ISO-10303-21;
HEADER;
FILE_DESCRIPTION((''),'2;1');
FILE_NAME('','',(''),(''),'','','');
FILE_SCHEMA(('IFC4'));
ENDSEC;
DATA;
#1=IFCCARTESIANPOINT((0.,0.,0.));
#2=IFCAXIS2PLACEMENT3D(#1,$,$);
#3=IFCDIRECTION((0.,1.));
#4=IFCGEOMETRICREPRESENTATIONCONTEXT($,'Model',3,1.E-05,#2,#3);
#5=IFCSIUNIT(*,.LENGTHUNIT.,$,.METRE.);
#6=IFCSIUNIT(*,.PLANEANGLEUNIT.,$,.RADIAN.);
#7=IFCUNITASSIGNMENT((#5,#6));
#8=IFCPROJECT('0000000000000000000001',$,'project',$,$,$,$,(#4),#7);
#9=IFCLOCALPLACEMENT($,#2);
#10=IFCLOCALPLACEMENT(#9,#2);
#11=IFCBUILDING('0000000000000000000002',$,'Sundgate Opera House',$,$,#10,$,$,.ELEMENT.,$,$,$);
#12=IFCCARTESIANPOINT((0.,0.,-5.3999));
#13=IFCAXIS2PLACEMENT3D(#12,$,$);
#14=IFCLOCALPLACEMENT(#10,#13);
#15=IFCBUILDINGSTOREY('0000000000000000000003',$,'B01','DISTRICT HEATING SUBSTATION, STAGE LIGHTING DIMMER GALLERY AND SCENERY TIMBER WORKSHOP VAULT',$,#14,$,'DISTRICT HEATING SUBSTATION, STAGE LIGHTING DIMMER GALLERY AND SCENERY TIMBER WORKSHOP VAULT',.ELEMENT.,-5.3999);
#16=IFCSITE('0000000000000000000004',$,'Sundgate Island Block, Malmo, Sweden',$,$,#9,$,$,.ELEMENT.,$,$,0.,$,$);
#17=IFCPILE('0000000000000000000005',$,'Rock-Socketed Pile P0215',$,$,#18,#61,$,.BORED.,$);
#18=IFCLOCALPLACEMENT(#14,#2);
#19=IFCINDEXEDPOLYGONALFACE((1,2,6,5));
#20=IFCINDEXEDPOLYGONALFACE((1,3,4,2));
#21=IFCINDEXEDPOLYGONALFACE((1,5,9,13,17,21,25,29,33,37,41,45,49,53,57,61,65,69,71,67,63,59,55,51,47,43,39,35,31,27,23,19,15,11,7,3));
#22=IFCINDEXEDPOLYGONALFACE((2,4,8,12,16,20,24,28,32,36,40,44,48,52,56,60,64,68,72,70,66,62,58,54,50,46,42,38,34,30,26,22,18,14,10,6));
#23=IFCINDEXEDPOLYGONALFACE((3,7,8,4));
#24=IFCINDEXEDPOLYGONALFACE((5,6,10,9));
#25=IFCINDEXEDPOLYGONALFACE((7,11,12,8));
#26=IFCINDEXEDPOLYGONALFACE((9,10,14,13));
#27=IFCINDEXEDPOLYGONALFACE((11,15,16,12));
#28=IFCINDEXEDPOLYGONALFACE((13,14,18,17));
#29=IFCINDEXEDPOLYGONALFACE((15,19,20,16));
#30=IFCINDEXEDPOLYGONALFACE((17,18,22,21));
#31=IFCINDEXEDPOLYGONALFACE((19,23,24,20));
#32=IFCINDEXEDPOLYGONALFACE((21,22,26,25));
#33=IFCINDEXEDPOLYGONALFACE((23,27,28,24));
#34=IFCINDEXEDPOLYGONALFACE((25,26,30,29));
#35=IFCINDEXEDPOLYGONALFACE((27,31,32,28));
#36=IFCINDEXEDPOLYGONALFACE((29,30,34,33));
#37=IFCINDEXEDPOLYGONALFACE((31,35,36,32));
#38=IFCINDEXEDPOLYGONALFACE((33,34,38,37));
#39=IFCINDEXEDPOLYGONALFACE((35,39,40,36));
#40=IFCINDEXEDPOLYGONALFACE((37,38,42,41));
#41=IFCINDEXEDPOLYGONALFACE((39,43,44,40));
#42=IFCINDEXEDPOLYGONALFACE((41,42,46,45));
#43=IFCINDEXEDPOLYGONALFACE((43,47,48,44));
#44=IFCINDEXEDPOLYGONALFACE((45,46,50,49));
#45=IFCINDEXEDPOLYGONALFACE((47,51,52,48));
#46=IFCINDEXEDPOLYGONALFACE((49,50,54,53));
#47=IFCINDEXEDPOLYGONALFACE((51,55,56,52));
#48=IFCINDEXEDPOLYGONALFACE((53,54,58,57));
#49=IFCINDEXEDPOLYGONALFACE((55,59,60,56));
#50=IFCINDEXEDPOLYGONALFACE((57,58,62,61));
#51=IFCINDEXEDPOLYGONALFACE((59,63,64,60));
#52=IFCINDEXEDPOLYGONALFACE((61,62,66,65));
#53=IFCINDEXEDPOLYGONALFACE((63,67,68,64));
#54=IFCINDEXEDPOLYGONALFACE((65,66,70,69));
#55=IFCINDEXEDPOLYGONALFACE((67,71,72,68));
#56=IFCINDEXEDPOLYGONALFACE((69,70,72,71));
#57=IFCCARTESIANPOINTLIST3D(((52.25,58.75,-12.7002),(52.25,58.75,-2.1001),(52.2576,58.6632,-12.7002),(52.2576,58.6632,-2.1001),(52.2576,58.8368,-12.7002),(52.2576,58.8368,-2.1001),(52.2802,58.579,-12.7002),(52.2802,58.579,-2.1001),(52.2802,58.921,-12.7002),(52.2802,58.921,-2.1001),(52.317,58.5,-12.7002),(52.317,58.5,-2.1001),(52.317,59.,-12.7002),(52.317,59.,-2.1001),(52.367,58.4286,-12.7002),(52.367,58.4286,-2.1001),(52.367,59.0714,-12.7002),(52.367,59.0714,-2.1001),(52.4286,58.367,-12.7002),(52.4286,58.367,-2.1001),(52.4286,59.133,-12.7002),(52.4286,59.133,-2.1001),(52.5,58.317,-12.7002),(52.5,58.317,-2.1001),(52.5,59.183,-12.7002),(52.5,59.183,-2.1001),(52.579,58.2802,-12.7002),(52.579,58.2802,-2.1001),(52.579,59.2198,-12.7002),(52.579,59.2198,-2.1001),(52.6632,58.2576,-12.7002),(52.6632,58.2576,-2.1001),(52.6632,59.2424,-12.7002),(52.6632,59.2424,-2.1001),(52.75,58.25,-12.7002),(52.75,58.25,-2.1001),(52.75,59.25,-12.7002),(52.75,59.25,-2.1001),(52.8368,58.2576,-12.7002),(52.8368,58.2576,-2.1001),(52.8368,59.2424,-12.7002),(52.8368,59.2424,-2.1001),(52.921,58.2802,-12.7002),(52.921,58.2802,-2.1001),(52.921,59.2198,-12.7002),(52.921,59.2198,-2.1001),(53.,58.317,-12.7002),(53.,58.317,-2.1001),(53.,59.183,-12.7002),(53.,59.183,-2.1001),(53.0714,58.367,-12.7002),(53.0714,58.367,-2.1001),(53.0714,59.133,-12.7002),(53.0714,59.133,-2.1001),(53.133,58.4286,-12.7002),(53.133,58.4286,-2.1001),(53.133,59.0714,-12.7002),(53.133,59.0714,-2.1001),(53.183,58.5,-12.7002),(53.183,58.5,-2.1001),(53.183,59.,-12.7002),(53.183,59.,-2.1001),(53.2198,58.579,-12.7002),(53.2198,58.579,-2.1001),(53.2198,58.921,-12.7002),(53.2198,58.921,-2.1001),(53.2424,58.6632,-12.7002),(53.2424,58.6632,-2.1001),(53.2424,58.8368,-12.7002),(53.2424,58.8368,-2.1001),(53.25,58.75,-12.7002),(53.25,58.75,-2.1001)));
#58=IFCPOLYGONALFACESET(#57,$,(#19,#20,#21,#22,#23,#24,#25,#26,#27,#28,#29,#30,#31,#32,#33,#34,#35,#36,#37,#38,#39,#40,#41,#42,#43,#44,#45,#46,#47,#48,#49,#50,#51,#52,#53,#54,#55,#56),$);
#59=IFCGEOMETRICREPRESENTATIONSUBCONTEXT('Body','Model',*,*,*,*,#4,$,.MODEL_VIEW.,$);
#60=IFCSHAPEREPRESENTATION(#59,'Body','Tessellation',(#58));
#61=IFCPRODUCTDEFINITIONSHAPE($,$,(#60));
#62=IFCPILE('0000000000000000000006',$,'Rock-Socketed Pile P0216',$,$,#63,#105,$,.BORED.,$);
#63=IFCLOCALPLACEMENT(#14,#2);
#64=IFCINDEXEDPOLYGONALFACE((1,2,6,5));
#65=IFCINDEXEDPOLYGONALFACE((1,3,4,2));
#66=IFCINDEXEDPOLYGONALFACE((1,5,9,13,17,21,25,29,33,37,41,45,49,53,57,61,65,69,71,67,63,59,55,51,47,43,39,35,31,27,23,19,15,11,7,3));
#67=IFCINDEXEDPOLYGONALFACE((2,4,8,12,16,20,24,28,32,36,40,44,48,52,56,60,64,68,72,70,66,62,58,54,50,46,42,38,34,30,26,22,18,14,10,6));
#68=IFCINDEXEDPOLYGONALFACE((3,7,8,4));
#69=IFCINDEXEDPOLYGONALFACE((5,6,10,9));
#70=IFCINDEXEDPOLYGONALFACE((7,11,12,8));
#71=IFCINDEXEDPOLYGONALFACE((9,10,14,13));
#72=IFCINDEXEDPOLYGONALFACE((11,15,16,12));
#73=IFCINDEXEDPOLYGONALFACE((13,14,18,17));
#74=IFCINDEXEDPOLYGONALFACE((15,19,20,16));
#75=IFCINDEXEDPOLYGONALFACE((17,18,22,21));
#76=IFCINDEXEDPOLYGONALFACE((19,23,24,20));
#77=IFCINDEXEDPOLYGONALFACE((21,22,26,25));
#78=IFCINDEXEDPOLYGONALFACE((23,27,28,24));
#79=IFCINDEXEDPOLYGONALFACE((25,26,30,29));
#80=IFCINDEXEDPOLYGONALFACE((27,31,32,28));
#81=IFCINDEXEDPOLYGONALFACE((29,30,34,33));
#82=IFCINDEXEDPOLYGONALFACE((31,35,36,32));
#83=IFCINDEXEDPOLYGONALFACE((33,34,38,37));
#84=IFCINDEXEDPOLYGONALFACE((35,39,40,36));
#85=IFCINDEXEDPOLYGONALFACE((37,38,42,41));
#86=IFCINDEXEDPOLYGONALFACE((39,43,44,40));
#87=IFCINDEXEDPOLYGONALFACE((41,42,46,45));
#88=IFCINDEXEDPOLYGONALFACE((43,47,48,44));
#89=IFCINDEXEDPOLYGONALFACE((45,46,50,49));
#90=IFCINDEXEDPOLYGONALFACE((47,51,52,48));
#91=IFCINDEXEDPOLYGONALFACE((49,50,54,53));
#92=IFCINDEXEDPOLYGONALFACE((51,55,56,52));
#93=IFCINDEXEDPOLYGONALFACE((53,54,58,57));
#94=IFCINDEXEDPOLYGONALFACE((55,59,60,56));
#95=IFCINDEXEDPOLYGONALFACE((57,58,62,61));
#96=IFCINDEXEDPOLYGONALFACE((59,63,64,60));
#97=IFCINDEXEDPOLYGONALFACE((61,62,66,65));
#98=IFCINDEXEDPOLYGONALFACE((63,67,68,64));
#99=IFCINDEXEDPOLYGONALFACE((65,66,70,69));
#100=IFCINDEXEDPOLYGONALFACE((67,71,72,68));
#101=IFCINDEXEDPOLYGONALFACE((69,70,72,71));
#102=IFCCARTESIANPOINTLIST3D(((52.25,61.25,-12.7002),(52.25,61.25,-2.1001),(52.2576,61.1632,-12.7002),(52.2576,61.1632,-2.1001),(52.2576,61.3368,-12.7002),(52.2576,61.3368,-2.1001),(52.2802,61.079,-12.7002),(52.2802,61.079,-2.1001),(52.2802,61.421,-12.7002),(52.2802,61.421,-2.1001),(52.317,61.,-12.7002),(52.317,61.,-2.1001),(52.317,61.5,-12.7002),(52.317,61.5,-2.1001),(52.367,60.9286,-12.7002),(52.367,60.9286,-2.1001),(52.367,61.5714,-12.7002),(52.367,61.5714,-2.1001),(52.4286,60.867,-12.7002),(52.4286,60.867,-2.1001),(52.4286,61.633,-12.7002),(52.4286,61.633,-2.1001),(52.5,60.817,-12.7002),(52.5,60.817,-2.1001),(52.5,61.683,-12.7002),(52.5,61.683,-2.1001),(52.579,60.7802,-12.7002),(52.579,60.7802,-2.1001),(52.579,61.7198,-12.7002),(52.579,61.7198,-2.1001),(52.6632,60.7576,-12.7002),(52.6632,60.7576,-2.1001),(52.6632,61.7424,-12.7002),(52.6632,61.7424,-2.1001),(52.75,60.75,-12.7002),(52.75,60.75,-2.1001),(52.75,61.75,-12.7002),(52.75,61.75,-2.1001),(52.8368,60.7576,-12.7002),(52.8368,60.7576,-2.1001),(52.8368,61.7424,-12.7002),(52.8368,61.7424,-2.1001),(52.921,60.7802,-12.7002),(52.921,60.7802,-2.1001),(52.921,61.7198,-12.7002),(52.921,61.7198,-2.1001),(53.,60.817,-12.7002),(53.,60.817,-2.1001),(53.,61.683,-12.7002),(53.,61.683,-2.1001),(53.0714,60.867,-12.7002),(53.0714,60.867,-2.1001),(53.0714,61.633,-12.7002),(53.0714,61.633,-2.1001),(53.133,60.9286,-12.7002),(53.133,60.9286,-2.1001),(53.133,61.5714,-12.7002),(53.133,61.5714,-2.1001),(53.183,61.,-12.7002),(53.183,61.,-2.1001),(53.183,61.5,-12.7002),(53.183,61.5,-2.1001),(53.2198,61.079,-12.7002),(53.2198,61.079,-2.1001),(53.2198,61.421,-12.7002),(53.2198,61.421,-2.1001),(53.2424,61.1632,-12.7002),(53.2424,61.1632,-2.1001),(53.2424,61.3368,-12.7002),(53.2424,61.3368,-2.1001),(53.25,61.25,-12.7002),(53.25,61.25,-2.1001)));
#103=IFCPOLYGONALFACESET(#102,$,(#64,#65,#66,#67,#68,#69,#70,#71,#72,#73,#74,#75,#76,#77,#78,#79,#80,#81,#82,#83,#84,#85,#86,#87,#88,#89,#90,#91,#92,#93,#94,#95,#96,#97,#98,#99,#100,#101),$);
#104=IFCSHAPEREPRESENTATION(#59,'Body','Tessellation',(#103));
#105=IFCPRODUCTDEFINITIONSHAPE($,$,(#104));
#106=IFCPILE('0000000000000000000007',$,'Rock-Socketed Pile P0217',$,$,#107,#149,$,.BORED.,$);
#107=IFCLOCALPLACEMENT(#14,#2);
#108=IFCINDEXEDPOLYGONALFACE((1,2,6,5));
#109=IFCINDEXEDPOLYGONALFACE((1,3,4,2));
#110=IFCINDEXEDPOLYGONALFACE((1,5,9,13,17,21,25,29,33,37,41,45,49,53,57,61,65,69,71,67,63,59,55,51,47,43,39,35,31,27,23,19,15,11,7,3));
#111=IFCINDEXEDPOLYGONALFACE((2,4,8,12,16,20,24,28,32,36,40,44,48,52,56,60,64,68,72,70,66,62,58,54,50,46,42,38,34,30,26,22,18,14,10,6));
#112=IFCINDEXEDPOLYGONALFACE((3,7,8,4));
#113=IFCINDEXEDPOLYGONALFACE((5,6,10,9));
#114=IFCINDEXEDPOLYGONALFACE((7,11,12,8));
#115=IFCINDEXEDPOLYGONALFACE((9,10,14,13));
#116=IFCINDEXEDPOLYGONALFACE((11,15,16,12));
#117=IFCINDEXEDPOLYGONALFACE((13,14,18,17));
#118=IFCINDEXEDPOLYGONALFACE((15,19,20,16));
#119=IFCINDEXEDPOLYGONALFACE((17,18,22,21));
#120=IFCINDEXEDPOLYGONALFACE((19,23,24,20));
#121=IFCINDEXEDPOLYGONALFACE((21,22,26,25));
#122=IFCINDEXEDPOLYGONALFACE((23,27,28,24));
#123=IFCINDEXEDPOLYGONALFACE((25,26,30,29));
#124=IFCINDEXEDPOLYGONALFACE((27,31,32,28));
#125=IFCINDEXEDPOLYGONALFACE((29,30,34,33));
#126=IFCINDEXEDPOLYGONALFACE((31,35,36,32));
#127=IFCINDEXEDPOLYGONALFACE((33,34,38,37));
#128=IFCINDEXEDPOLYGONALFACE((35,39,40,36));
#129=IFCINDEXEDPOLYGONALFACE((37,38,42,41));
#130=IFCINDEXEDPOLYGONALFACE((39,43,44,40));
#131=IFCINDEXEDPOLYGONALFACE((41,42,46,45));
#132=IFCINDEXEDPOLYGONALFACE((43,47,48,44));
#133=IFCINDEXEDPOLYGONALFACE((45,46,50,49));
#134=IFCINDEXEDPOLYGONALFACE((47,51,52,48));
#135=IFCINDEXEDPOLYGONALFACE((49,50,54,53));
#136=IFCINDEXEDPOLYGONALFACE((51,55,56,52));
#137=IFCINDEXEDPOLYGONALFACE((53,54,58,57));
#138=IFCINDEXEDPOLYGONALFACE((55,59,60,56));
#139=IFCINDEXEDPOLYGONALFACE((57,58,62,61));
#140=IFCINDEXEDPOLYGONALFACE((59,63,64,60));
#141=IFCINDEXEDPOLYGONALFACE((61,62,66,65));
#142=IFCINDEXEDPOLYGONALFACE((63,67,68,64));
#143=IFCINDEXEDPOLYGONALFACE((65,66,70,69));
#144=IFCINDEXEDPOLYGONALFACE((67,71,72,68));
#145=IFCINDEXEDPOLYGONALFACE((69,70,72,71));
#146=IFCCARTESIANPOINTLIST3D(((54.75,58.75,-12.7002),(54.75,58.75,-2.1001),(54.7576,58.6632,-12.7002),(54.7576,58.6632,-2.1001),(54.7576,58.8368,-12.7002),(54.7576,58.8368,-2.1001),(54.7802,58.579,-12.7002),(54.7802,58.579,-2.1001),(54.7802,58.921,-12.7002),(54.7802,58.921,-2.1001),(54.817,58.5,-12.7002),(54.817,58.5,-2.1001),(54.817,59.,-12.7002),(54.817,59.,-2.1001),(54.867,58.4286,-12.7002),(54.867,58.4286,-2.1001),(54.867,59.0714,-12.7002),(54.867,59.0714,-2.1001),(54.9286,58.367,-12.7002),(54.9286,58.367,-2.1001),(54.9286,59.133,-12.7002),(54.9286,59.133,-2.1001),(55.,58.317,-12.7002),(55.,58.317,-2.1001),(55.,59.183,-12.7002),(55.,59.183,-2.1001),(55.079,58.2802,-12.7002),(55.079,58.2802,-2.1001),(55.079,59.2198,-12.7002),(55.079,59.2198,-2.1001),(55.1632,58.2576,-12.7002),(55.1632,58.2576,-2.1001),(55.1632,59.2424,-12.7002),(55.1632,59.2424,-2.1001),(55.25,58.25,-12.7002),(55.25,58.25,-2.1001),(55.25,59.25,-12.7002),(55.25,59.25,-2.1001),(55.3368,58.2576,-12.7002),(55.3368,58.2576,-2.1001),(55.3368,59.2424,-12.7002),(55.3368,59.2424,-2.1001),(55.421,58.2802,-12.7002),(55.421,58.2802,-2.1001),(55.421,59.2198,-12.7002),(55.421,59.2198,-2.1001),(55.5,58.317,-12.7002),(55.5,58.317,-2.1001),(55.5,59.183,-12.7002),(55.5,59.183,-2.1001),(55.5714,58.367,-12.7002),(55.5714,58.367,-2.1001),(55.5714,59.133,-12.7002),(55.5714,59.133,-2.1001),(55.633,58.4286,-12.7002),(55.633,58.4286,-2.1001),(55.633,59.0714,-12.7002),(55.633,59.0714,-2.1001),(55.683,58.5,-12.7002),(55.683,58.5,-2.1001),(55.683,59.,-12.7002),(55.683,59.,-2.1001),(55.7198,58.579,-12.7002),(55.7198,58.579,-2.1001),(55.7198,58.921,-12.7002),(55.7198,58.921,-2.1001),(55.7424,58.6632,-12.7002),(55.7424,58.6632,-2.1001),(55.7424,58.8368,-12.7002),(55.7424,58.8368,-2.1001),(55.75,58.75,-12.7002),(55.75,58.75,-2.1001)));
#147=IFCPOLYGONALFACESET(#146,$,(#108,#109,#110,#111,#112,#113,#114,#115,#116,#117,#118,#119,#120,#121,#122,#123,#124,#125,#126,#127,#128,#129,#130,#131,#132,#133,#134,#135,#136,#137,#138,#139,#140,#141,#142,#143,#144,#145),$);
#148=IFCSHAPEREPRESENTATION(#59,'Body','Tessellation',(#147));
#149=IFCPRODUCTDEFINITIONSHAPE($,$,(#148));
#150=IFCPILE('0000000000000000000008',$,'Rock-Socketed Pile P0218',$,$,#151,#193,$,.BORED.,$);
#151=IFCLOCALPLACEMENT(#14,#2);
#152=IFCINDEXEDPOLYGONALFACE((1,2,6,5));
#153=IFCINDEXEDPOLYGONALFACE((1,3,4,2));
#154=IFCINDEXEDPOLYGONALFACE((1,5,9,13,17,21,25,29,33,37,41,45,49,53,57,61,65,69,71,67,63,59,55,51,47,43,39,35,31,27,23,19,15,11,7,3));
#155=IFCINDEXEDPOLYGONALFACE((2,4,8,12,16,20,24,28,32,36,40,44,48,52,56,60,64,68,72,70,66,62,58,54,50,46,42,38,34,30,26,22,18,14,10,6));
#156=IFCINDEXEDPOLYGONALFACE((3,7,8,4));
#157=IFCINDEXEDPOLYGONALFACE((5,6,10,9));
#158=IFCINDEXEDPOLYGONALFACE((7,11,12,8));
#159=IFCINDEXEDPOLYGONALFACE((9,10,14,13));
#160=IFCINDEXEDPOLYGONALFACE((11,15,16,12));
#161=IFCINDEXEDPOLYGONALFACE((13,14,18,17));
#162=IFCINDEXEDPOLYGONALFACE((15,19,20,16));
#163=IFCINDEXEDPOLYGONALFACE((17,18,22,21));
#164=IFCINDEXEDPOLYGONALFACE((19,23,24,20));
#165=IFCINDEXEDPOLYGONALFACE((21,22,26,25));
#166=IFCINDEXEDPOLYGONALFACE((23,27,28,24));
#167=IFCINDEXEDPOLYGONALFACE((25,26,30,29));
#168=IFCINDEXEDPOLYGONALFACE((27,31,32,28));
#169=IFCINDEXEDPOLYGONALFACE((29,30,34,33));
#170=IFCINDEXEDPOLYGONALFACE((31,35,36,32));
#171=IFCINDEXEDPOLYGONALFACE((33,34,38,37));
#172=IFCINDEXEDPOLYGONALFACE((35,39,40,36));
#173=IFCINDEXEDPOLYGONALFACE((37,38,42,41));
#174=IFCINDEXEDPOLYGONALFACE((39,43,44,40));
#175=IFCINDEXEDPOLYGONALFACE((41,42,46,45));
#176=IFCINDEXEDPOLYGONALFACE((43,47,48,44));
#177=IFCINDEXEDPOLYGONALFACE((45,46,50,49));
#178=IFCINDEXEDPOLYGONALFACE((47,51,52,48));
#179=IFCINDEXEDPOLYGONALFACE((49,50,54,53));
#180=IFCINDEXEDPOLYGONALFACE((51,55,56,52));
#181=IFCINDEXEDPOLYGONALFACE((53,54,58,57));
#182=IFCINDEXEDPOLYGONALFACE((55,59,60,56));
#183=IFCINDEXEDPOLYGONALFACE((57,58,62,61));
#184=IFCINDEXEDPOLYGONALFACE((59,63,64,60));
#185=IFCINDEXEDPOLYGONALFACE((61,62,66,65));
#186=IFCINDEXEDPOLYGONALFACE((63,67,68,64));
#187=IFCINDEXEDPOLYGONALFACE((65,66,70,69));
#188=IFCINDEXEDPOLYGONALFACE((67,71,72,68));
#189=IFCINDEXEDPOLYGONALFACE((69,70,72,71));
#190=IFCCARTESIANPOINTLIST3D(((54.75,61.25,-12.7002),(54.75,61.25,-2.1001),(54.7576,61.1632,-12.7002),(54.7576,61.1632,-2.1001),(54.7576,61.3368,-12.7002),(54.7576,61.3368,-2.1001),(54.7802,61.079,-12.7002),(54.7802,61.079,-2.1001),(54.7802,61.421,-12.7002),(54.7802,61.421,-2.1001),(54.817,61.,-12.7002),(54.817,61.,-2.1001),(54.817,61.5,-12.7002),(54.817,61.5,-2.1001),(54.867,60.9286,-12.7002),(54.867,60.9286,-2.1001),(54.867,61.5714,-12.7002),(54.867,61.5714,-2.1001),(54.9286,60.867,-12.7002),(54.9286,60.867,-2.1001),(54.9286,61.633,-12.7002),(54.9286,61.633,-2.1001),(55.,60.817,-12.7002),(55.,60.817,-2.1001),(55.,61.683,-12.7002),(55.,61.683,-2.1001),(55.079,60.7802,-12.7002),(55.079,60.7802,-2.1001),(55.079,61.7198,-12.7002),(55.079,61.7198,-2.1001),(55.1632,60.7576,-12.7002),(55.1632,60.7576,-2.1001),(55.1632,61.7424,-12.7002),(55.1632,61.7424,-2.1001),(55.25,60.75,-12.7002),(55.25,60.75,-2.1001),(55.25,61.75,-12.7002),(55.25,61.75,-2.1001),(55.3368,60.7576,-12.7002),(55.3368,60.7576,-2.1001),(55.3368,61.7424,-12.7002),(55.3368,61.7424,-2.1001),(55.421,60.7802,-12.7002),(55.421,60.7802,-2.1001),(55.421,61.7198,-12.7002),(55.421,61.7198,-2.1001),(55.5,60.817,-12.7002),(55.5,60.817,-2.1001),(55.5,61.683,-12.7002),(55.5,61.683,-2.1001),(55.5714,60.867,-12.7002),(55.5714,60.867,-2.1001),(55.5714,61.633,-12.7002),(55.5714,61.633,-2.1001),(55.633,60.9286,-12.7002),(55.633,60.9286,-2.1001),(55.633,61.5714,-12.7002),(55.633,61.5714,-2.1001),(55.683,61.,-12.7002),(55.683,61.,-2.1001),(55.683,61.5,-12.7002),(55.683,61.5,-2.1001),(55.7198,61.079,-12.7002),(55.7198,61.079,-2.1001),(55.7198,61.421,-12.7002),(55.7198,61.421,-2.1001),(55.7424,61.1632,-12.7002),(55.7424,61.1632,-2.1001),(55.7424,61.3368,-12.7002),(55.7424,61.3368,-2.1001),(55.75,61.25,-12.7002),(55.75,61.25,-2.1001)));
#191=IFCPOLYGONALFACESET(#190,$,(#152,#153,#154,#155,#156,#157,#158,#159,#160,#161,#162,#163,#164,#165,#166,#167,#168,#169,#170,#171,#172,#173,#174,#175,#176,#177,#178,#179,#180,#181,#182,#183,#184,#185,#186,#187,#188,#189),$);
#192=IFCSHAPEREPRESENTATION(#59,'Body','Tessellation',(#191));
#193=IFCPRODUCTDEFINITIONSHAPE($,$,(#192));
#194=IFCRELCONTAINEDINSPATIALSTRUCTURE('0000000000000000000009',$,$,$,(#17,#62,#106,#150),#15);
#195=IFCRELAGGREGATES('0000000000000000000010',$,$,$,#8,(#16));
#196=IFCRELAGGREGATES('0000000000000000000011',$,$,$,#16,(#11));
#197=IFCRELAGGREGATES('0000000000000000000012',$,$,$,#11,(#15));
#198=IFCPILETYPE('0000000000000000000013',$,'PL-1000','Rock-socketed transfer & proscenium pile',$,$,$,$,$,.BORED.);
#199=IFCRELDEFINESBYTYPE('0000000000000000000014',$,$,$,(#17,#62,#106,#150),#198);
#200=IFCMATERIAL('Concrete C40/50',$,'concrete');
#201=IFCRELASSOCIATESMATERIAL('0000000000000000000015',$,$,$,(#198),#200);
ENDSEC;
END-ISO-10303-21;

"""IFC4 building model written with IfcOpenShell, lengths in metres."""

from ifc_helpers import new_model, si_unit, direction, frame, origin, origin_2d, place, context, subcontext, project, spatial, circle, extrude, material, material_profile, profile_set, type_object, element, save


model = new_model("IFC4")

# Units and contexts
model_context = context("Model", 3, precision=1e-05, world=origin(), true_north=direction((0.0, 1.0)))
body_context = subcontext(model_context, "Body", "Model", "MODEL_VIEW")
ifc_project = project(units=[si_unit("LENGTHUNIT", "METRE"), si_unit("PLANEANGLEUNIT", "RADIAN")], contexts=[model_context])

# Site, building, storey
site_placement = place(None, origin())
site = spatial("IfcSite", under=ifc_project, at=site_placement, Name="Sundgate Island Block, Malmo, Sweden", CompositionType="ELEMENT", RefElevation=0.0)
building_placement = place(site_placement, origin())
building = spatial("IfcBuilding", under=site, at=building_placement, Name="Sundgate Opera House", CompositionType="ELEMENT")
storey_placement = place(building_placement, frame((0.0, 0.0, -5.3999)))
storey = spatial("IfcBuildingStorey", under=building, at=storey_placement, Name="B01", Description="DISTRICT HEATING SUBSTATION, STAGE LIGHTING DIMMER GALLERY AND SCENERY TIMBER WORKSHOP VAULT", LongName="DISTRICT HEATING SUBSTATION, STAGE LIGHTING DIMMER GALLERY AND SCENERY TIMBER WORKSHOP VAULT", CompositionType="ELEMENT", Elevation=-5.3999)

# Piles
ifc_material_1 = material(Name="Concrete C40/50", Category="concrete")
ifc_material_profile_1 = material_profile(ifc_material_1, circle(Radius=0.5, at=origin_2d()), Name="PILE D1000")
ifc_profile_set_1 = profile_set([ifc_material_profile_1], Name="Concrete C40/50")
pile_type_1 = type_object("IfcPileType", Name="PL-1000", Description="Rock-socketed transfer & proscenium pile", PredefinedType="BORED", material=ifc_profile_set_1)
for number, where, z_axis, x_axis, name in (
    (1, (52.75, 58.75, -2.1001), (0.0, 0.0, -1.0), (1.0, 0.0, 0.0), "Rock-Socketed Pile P0215"),
    (2, (52.75, 61.25, -2.1001), (0.0, 0.0, -1.0), (1.0, 0.0, 0.0), "Rock-Socketed Pile P0216"),
    (3, (55.25, 58.75, -2.1001), (0.0, 0.0, -1.0), (1.0, 0.0, 0.0), "Rock-Socketed Pile P0217"),
    (4, (55.25, 61.25, -2.1001), (0.0, 0.0, -1.0), (1.0, 0.0, 0.0), "Rock-Socketed Pile P0218"),
):
    element("IfcPile", number, at=place(storey_placement, frame(where, z_axis=z_axis, x_axis=x_axis)), inside=storey, type_object=pile_type_1, Name=name, PredefinedType="BORED", context=body_context, shape_type="SweptSolid", body=[
        extrude(circle(Radius=0.5, at=origin_2d()), origin(), (0.0, 0.0, 1.0), 10.6001),
    ])

save(model, "model.ifc")
